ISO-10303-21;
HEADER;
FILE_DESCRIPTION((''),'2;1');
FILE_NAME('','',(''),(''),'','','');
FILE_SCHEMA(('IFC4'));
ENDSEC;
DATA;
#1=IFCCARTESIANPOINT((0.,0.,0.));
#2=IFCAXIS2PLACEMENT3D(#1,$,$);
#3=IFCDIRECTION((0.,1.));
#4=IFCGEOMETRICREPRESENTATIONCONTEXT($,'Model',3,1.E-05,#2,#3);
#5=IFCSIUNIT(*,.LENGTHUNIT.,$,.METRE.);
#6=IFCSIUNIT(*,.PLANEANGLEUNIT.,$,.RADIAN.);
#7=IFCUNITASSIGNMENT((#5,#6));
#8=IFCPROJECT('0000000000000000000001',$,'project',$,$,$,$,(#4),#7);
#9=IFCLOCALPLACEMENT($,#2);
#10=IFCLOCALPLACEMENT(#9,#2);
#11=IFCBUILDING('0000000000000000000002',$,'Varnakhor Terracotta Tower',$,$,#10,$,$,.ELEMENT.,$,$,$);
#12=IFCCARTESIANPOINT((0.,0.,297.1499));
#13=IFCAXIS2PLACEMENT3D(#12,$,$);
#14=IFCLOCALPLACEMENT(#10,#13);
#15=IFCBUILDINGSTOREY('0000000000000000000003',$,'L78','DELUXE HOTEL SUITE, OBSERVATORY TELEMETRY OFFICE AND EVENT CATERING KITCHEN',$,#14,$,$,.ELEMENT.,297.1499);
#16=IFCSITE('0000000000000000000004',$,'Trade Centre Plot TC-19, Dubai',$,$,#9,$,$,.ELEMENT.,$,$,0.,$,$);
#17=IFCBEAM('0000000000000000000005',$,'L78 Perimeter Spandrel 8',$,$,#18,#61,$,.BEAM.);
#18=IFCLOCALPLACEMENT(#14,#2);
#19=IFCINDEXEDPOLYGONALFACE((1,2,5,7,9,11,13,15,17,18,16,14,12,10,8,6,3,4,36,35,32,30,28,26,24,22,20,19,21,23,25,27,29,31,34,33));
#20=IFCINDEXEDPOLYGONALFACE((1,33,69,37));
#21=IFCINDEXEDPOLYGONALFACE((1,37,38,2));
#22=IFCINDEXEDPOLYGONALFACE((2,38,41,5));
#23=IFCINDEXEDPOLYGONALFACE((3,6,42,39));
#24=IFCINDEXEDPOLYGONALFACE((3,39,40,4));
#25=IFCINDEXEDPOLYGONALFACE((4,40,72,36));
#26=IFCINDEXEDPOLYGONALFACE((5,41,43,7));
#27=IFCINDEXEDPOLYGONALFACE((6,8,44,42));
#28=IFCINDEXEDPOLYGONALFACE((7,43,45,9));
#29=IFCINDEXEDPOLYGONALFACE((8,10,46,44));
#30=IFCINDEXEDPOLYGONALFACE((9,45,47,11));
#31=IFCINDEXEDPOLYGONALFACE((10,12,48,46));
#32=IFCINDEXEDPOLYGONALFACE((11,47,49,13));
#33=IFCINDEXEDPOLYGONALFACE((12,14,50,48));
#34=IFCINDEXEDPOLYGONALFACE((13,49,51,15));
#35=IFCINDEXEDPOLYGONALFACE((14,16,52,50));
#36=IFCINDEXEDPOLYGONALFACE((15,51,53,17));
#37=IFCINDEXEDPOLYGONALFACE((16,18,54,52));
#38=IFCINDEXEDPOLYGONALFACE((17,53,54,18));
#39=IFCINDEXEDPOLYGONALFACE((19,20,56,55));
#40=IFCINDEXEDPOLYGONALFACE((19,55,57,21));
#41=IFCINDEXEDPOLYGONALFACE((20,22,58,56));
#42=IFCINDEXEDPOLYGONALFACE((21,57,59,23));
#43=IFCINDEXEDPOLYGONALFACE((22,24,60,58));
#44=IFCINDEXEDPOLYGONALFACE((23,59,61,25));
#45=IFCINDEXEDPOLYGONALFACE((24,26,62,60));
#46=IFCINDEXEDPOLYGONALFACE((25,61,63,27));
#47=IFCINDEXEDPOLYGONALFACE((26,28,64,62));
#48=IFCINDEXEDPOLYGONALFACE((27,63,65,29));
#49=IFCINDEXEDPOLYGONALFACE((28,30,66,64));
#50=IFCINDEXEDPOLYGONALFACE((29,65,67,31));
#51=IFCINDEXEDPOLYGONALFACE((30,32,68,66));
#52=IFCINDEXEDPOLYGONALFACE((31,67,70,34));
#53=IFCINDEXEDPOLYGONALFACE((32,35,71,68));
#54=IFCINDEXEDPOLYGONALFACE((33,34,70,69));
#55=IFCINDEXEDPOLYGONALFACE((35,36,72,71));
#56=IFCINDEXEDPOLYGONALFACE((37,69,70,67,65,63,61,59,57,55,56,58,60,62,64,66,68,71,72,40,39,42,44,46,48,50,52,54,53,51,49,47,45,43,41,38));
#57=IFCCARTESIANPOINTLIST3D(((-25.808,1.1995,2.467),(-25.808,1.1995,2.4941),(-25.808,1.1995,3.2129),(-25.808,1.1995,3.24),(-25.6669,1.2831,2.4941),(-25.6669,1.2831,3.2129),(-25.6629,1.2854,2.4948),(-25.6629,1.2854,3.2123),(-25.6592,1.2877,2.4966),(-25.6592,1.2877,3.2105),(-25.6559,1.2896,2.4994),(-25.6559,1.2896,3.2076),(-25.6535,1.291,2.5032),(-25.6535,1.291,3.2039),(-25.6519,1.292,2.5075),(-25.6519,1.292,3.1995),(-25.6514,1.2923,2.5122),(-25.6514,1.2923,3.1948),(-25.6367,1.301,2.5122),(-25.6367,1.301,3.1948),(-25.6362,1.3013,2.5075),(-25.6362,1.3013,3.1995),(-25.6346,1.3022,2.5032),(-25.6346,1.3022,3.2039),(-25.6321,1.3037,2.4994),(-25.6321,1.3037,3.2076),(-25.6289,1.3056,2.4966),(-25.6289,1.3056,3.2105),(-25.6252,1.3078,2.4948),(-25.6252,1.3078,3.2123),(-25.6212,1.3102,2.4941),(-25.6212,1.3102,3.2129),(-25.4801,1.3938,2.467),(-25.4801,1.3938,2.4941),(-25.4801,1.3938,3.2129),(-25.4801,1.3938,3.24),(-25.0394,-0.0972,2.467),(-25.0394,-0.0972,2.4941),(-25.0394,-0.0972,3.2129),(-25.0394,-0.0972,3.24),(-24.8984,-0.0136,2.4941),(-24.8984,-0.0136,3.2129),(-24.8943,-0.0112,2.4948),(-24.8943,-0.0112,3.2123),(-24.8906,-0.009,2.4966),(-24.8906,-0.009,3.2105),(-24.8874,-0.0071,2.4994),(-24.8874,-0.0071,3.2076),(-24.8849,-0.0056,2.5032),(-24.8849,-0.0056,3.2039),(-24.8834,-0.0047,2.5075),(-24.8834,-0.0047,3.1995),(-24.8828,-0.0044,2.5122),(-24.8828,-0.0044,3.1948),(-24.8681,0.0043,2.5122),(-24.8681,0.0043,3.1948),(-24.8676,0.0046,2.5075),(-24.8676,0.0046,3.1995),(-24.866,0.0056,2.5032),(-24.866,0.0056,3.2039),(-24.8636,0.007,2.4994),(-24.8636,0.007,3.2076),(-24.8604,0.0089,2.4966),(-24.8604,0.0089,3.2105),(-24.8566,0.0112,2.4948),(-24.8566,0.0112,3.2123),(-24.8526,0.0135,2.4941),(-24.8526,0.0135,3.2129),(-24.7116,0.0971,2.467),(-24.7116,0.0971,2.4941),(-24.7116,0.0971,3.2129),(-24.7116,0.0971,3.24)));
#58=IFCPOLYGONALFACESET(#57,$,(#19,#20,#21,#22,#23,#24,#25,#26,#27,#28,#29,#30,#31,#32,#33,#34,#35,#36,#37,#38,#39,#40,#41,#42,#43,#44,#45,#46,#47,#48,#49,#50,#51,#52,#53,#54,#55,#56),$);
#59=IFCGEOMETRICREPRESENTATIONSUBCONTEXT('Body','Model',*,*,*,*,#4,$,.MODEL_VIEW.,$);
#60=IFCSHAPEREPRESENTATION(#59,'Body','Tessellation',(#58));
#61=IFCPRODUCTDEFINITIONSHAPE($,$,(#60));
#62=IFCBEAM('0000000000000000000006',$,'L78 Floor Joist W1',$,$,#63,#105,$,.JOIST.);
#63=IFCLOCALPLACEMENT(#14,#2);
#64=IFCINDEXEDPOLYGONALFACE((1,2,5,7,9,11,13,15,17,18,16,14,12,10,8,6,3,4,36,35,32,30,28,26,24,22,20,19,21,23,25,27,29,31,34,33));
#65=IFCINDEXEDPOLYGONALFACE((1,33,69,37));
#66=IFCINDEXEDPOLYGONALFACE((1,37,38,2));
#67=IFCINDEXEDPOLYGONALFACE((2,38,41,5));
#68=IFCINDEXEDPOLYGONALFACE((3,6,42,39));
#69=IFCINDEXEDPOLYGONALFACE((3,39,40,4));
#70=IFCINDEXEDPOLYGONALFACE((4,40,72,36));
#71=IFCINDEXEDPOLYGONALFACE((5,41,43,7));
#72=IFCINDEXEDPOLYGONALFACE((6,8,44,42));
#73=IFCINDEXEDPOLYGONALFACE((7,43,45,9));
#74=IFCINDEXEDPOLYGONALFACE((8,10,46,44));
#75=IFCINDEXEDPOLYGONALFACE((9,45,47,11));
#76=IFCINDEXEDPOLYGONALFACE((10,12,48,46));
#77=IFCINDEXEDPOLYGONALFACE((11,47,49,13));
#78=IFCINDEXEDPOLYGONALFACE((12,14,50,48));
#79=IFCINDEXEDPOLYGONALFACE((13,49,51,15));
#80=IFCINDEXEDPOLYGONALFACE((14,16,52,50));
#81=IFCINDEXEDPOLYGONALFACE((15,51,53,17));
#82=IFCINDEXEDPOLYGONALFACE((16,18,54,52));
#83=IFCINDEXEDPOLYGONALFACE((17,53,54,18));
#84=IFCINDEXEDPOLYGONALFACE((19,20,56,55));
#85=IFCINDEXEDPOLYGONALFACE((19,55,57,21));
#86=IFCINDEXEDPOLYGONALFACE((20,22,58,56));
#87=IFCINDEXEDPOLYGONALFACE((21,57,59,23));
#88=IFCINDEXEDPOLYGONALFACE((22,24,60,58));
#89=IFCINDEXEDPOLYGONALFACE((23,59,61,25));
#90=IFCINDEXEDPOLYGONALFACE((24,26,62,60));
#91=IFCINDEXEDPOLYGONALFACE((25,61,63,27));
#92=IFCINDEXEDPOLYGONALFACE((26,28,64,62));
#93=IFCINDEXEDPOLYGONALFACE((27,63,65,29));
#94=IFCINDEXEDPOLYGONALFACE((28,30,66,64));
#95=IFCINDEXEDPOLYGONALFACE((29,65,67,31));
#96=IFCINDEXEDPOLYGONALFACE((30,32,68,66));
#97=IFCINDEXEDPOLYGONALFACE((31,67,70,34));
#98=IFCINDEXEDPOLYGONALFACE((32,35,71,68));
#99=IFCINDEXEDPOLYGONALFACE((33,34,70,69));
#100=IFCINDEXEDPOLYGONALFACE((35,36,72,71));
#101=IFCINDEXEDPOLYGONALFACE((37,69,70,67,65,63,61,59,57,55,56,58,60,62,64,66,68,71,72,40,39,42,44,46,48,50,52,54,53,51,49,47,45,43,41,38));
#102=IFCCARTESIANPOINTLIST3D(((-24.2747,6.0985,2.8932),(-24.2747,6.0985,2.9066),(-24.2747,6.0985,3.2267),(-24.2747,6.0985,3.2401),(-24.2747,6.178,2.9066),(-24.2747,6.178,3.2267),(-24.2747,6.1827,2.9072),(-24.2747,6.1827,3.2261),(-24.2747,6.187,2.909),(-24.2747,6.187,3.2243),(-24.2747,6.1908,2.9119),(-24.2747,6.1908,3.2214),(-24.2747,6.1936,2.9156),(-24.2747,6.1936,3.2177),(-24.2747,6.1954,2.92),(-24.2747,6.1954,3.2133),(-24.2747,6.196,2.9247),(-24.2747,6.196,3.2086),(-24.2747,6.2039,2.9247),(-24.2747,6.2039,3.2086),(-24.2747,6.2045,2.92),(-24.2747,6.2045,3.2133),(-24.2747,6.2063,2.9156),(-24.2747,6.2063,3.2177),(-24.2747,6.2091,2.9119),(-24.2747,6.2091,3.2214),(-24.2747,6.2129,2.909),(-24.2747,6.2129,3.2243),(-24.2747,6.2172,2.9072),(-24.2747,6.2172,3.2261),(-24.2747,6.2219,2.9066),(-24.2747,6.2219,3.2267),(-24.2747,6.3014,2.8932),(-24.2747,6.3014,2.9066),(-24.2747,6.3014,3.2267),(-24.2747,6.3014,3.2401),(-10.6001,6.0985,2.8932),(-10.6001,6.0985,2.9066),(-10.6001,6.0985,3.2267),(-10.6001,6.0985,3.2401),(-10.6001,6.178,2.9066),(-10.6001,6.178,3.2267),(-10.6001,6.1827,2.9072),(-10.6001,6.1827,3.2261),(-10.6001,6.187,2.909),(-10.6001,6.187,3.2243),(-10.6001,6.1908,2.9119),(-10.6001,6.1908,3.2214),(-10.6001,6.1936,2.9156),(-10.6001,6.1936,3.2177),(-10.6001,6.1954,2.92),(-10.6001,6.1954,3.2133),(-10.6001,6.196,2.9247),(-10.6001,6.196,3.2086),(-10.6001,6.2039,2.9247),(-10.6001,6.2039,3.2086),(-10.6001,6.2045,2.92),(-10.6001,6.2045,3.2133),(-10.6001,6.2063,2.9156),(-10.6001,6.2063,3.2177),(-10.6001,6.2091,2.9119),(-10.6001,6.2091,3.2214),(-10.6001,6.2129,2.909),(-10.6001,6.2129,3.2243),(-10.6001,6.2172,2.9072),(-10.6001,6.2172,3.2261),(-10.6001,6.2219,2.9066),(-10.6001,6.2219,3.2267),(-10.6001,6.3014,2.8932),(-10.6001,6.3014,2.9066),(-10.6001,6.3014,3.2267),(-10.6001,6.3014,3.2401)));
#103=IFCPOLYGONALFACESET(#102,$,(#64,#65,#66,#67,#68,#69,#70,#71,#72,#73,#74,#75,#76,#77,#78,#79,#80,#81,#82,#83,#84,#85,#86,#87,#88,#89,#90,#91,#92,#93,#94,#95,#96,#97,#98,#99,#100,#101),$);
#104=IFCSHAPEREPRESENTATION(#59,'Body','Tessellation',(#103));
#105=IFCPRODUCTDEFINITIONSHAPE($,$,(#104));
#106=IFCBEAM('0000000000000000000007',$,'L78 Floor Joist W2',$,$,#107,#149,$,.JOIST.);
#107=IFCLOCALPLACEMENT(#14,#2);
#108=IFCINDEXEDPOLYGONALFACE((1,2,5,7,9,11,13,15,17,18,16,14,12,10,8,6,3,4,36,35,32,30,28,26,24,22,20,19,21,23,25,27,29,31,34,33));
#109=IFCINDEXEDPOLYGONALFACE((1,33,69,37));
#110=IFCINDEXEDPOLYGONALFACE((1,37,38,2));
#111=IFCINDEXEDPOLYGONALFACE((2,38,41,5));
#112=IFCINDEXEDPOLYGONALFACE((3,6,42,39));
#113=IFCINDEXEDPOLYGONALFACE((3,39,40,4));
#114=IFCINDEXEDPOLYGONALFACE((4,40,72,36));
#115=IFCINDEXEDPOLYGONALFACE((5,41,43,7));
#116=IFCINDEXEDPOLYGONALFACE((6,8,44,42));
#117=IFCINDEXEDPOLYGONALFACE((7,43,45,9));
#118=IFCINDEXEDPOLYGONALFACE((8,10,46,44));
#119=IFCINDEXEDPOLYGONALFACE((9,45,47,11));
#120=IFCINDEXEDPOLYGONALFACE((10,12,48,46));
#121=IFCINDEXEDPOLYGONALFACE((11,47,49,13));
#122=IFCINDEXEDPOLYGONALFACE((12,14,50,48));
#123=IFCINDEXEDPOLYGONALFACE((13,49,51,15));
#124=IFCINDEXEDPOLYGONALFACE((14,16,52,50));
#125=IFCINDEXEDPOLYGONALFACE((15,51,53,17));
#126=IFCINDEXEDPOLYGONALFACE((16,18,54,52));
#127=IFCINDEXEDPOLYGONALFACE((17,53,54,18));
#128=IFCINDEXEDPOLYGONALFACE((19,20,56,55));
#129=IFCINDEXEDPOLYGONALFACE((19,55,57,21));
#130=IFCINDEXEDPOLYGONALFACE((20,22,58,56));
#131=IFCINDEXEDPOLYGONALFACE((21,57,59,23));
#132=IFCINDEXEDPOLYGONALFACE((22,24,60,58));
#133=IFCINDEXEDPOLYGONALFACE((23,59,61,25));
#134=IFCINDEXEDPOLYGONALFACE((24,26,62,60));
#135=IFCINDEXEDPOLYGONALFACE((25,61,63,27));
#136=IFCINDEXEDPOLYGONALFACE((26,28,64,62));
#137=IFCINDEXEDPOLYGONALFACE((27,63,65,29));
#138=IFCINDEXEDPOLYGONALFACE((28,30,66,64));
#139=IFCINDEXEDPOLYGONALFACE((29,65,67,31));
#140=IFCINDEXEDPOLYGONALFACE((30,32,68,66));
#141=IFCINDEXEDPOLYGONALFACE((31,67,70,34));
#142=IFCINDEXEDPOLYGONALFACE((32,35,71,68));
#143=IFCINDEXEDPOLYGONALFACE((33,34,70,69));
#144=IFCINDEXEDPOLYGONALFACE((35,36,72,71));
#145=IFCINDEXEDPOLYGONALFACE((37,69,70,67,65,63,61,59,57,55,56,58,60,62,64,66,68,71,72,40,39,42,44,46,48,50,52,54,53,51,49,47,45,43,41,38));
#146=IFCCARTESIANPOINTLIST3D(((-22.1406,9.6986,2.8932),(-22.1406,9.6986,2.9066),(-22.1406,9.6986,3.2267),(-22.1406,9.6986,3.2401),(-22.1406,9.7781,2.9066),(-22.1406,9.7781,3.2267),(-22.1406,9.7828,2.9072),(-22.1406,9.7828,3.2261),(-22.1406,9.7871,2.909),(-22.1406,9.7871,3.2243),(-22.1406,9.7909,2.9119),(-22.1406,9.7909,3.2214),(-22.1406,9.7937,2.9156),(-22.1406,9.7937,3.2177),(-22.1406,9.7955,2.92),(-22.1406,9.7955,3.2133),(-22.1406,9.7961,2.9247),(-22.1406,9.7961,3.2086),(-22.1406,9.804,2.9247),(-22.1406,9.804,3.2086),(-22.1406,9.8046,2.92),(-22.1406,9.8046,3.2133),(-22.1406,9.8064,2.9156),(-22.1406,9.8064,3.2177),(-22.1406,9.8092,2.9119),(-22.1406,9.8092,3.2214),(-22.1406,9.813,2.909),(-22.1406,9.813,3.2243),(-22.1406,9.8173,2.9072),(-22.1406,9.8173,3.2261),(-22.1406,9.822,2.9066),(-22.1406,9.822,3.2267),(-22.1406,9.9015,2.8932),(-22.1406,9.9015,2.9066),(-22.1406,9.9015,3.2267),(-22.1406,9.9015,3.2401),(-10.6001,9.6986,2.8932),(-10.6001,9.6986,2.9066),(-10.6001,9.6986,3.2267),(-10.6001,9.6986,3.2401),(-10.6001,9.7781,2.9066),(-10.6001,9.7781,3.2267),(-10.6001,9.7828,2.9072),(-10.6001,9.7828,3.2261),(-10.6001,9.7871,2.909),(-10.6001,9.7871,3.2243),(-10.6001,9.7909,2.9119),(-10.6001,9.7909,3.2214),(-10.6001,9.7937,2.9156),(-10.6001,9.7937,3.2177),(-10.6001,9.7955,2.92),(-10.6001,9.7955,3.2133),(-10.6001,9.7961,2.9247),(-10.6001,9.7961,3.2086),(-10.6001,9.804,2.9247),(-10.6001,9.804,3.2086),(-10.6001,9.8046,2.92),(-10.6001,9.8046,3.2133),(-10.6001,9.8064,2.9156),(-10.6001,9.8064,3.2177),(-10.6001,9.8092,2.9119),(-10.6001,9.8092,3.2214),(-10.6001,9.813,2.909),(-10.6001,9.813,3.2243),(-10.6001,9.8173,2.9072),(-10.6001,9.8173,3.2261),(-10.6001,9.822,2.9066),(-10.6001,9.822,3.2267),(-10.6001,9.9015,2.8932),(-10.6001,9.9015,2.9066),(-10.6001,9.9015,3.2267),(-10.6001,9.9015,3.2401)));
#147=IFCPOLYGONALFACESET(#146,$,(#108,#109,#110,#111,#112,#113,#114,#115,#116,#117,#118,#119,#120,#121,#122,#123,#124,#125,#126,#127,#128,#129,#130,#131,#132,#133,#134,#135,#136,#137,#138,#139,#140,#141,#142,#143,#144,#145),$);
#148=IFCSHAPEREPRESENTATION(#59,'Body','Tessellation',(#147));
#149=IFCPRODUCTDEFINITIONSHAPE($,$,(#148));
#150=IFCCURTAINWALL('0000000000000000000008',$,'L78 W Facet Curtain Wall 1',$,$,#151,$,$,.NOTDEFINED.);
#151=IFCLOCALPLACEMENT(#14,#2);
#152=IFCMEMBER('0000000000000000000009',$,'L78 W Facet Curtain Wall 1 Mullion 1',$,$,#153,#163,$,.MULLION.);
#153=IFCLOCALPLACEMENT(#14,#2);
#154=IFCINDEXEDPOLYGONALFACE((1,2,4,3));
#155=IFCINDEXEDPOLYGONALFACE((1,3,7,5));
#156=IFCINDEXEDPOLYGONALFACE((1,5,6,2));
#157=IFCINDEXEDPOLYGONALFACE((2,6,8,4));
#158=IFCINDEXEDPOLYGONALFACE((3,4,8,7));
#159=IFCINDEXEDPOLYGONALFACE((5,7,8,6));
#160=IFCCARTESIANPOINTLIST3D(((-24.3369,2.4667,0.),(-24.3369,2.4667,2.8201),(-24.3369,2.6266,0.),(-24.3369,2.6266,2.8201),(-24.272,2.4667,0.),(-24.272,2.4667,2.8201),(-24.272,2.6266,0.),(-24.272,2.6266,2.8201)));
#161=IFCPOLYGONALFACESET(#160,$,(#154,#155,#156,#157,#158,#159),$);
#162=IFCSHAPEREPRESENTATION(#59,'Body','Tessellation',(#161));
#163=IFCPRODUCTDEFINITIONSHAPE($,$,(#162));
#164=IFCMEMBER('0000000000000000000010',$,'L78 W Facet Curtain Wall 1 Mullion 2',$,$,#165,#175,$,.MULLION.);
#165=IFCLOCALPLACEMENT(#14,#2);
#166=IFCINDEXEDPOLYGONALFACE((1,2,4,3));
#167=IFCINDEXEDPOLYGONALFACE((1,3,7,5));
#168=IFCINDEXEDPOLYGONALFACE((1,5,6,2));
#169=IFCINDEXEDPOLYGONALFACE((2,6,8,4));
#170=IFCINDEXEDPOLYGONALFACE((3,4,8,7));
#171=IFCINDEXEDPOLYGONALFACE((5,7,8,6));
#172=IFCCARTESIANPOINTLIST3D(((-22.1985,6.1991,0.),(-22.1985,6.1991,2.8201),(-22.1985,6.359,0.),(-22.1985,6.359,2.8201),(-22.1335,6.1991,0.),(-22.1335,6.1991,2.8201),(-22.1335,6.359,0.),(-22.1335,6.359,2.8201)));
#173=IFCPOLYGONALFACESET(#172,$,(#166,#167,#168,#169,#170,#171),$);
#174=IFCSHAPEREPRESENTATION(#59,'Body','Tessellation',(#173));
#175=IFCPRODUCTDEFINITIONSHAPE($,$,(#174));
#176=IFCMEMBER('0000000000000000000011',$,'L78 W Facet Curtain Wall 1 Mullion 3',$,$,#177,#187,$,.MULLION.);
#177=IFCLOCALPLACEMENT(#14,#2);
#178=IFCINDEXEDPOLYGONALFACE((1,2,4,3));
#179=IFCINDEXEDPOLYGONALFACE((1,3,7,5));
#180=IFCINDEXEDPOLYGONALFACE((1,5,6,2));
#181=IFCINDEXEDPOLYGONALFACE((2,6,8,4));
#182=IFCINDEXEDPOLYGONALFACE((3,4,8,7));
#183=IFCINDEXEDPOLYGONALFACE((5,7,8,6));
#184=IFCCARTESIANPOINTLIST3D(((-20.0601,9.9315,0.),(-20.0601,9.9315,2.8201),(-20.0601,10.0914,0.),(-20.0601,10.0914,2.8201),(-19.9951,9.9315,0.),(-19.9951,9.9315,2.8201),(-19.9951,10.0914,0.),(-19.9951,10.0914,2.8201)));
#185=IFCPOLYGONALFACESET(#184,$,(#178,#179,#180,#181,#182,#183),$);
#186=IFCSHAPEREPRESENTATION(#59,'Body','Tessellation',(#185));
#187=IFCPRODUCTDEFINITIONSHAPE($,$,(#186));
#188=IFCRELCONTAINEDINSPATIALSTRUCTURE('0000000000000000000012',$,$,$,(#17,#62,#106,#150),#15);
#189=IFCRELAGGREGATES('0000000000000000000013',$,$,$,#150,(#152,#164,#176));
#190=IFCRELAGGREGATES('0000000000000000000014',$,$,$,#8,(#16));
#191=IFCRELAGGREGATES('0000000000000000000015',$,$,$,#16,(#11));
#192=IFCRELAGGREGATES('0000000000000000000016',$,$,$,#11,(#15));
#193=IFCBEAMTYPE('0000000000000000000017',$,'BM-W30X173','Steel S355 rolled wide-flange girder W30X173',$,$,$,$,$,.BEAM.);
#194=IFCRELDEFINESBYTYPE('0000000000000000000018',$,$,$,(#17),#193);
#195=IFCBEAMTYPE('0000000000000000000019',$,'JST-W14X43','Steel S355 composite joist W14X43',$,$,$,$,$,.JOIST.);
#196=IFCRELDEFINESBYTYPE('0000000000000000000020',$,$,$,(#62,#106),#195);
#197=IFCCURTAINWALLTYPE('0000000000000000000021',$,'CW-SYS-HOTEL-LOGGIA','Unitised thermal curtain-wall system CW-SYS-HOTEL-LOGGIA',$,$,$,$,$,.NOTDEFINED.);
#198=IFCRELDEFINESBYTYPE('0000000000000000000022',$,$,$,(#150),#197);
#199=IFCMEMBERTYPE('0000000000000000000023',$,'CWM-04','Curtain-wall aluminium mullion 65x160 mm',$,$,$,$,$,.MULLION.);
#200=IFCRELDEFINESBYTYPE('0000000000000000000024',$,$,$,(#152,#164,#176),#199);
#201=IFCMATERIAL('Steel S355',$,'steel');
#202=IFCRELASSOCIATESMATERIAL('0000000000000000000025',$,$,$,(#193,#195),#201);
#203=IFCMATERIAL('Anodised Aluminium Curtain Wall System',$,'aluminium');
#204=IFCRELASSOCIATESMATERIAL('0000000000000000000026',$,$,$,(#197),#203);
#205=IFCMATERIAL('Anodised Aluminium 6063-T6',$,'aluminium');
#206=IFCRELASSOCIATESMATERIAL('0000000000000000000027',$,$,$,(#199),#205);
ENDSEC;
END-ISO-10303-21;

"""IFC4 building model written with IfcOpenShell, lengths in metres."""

from ifc_helpers import new_model, si_unit, direction, frame, origin, origin_2d, place, context, subcontext, project, spatial, rectangle, i_section, extrude, source, transform, mapped, material, material_profile, profile_set, type_object, type_shapes, element, aggregate, save


model = new_model("IFC4")

# Units and contexts
model_context = context("Model", 3, precision=1e-05, world=origin(), true_north=direction((0.0, 1.0)))
body_context = subcontext(model_context, "Body", "Model", "MODEL_VIEW")
ifc_project = project(units=[si_unit("LENGTHUNIT", "METRE"), si_unit("PLANEANGLEUNIT", "RADIAN")], contexts=[model_context])

# Site, building, storey
site_placement = place(None, origin())
site = spatial("IfcSite", under=ifc_project, at=site_placement, Name="Trade Centre Plot TC-19, Dubai", CompositionType="ELEMENT", RefElevation=0.0)
building_placement = place(site_placement, origin())
building = spatial("IfcBuilding", under=site, at=building_placement, Name="Varnakhor Terracotta Tower", CompositionType="ELEMENT")
storey_placement = place(building_placement, frame((0.0, 0.0, 297.1499)))
storey = spatial("IfcBuildingStorey", under=building, at=storey_placement, Name="L78", Description="DELUXE HOTEL SUITE, OBSERVATORY TELEMETRY OFFICE AND EVENT CATERING KITCHEN", CompositionType="ELEMENT", Elevation=297.1499)

# Shared definitions
ifc_material_1 = material(Name="Steel S355", Category="steel")

# Beams
ifc_material_profile_1 = material_profile(ifc_material_1, i_section(OverallWidth=0.3811, OverallDepth=0.7729, WebThickness=0.0171, FlangeThickness=0.0271, FilletRadius=0.0181, at=origin_2d()), Name="W30X173")
ifc_profile_set_1 = profile_set([ifc_material_profile_1], Name="Steel S355")
beam_type_1 = type_object("IfcBeamType", Name="BM-W30X173", Description="Steel S355 rolled wide-flange girder W30X173", PredefinedType="BEAM", material=ifc_profile_set_1)
shared_shape_1 = source(origin(), body_context, "Body", "SweptSolid", [
    extrude(i_section(OverallWidth=0.3811, OverallDepth=0.7729, WebThickness=0.0171, FlangeThickness=0.0271, FilletRadius=0.0181, at=origin_2d()), origin(), (0.0, 0.0, 1.0), 1.5073),
])
for number, where, z_axis, x_axis, name in (
    (1, (-25.644, 1.2966, 2.8535), (0.509891, -0.860239, 0.0), (0.860239, 0.509891, 0.0), "L78 Perimeter Spandrel 8"),
):
    element("IfcBeam", number, at=place(storey_placement, frame(where, z_axis=z_axis, x_axis=x_axis)), inside=storey, type_object=beam_type_1, Name=name, PredefinedType="BEAM", context=body_context, shape_type="MappedRepresentation", body=[
        mapped(shared_shape_1, transform((0.0, 0.0, 0.0), scale=1.0)),
    ])
ifc_material_profile_2 = material_profile(ifc_material_1, i_section(OverallWidth=0.2029, OverallDepth=0.3469, WebThickness=0.0078, FlangeThickness=0.0134, FilletRadius=0.0181, at=origin_2d()), Name="W14X43")
ifc_profile_set_2 = profile_set([ifc_material_profile_2], Name="Steel S355")
beam_type_2 = type_object("IfcBeamType", Name="JST-W14X43", Description="Steel S355 composite joist W14X43", PredefinedType="JOIST", material=ifc_profile_set_2)
shared_shape_2 = source(origin(), body_context, "Body", "SweptSolid", [
    extrude(i_section(OverallWidth=0.2029, OverallDepth=0.3469, WebThickness=0.0078, FlangeThickness=0.0134, FilletRadius=0.0181, at=origin_2d()), origin(), (0.0, 0.0, 1.0), 13.6746),
])
beam_1_placement = place(storey_placement, frame((-24.2747, 6.2, 3.0667), z_axis=(1.0, 0.0, 0.0), x_axis=(0.0, 1.0, 0.0)))
element("IfcBeam", 2, at=beam_1_placement, inside=storey, type_object=beam_type_2, Name="L78 Floor Joist W1", PredefinedType="JOIST", context=body_context, shape_type="MappedRepresentation", body=[
    mapped(shared_shape_2, transform((0.0, 0.0, 0.0), scale=1.0)),
])
shared_shape_3 = source(origin(), body_context, "Body", "SweptSolid", [
    extrude(i_section(OverallWidth=0.2029, OverallDepth=0.3469, WebThickness=0.0078, FlangeThickness=0.0134, FilletRadius=0.0181, at=origin_2d()), origin(), (0.0, 0.0, 1.0), 11.5405),
])
beam_2_placement = place(storey_placement, frame((-22.1406, 9.8, 3.0667), z_axis=(1.0, 0.0, 0.0), x_axis=(0.0, 1.0, 0.0)))
element("IfcBeam", 3, at=beam_2_placement, inside=storey, type_object=beam_type_2, Name="L78 Floor Joist W2", PredefinedType="JOIST", context=body_context, shape_type="MappedRepresentation", body=[
    mapped(shared_shape_3, transform((0.0, 0.0, 0.0), scale=1.0)),
])

# Curtain wall, members
ifc_material_2 = material(Name="Anodised Aluminium Curtain Wall System", Category="aluminium")
curtain_wall_type = type_object("IfcCurtainWallType", Name="CW-SYS-HOTEL-LOGGIA", Description="Unitised thermal curtain-wall system CW-SYS-HOTEL-LOGGIA", PredefinedType="NOTDEFINED", material=ifc_material_2)
curtain_wall_1_placement = place(storey_placement, origin())
curtain_wall_1 = element("IfcCurtainWall", 4, at=curtain_wall_1_placement, inside=storey, type_object=curtain_wall_type, Name="L78 W Facet Curtain Wall 1", PredefinedType="NOTDEFINED")
ifc_material_3 = material(Name="Anodised Aluminium 6063-T6", Category="aluminium")
ifc_material_profile_3 = material_profile(ifc_material_3, rectangle(XDim=0.0649, YDim=0.1599, at=origin_2d()), Name="ALU MULLION 65x160")
ifc_profile_set_3 = profile_set([ifc_material_profile_3], Name="Anodised Aluminium 6063-T6")
member_type_1 = type_object("IfcMemberType", Name="CWM-04", Description="Curtain-wall aluminium mullion 65x160 mm", PredefinedType="MULLION", material=ifc_profile_set_3)
shared_shape_4 = source(origin(), body_context, "Body", "SweptSolid", [
    extrude(rectangle(XDim=0.0649, YDim=0.1599, at=origin_2d()), origin(), (0.0, 0.0, 1.0), 2.8201),
])
type_shapes(member_type_1, [shared_shape_4])
member_1_placement = place(storey_placement, frame((-24.3044, 2.5466, 0.0), z_axis=(0.0, 0.0, 1.0), x_axis=(1.0, 0.0, 0.0)))
member_1 = element("IfcMember", 5, at=member_1_placement, type_object=member_type_1, Name="L78 W Facet Curtain Wall 1 Mullion 1", PredefinedType="MULLION", context=body_context, shape_type="MappedRepresentation", body=[
    mapped(shared_shape_4, transform((0.0, 0.0, 0.0), scale=1.0)),
])
member_2_placement = place(storey_placement, frame((-22.166, 6.2791, 0.0), z_axis=(0.0, 0.0, 1.0), x_axis=(1.0, 0.0, 0.0)))
member_2 = element("IfcMember", 6, at=member_2_placement, type_object=member_type_1, Name="L78 W Facet Curtain Wall 1 Mullion 2", PredefinedType="MULLION", context=body_context, shape_type="MappedRepresentation", body=[
    mapped(shared_shape_4, transform((0.0, 0.0, 0.0), scale=1.0)),
])
member_3_placement = place(storey_placement, frame((-20.0276, 10.0115, 0.0), z_axis=(0.0, 0.0, 1.0), x_axis=(1.0, 0.0, 0.0)))
member_3 = element("IfcMember", 7, at=member_3_placement, type_object=member_type_1, Name="L78 W Facet Curtain Wall 1 Mullion 3", PredefinedType="MULLION", context=body_context, shape_type="MappedRepresentation", body=[
    mapped(shared_shape_4, transform((0.0, 0.0, 0.0), scale=1.0)),
])

aggregate(curtain_wall_1, [member_1, member_2, member_3])

save(model, "model.ifc")
